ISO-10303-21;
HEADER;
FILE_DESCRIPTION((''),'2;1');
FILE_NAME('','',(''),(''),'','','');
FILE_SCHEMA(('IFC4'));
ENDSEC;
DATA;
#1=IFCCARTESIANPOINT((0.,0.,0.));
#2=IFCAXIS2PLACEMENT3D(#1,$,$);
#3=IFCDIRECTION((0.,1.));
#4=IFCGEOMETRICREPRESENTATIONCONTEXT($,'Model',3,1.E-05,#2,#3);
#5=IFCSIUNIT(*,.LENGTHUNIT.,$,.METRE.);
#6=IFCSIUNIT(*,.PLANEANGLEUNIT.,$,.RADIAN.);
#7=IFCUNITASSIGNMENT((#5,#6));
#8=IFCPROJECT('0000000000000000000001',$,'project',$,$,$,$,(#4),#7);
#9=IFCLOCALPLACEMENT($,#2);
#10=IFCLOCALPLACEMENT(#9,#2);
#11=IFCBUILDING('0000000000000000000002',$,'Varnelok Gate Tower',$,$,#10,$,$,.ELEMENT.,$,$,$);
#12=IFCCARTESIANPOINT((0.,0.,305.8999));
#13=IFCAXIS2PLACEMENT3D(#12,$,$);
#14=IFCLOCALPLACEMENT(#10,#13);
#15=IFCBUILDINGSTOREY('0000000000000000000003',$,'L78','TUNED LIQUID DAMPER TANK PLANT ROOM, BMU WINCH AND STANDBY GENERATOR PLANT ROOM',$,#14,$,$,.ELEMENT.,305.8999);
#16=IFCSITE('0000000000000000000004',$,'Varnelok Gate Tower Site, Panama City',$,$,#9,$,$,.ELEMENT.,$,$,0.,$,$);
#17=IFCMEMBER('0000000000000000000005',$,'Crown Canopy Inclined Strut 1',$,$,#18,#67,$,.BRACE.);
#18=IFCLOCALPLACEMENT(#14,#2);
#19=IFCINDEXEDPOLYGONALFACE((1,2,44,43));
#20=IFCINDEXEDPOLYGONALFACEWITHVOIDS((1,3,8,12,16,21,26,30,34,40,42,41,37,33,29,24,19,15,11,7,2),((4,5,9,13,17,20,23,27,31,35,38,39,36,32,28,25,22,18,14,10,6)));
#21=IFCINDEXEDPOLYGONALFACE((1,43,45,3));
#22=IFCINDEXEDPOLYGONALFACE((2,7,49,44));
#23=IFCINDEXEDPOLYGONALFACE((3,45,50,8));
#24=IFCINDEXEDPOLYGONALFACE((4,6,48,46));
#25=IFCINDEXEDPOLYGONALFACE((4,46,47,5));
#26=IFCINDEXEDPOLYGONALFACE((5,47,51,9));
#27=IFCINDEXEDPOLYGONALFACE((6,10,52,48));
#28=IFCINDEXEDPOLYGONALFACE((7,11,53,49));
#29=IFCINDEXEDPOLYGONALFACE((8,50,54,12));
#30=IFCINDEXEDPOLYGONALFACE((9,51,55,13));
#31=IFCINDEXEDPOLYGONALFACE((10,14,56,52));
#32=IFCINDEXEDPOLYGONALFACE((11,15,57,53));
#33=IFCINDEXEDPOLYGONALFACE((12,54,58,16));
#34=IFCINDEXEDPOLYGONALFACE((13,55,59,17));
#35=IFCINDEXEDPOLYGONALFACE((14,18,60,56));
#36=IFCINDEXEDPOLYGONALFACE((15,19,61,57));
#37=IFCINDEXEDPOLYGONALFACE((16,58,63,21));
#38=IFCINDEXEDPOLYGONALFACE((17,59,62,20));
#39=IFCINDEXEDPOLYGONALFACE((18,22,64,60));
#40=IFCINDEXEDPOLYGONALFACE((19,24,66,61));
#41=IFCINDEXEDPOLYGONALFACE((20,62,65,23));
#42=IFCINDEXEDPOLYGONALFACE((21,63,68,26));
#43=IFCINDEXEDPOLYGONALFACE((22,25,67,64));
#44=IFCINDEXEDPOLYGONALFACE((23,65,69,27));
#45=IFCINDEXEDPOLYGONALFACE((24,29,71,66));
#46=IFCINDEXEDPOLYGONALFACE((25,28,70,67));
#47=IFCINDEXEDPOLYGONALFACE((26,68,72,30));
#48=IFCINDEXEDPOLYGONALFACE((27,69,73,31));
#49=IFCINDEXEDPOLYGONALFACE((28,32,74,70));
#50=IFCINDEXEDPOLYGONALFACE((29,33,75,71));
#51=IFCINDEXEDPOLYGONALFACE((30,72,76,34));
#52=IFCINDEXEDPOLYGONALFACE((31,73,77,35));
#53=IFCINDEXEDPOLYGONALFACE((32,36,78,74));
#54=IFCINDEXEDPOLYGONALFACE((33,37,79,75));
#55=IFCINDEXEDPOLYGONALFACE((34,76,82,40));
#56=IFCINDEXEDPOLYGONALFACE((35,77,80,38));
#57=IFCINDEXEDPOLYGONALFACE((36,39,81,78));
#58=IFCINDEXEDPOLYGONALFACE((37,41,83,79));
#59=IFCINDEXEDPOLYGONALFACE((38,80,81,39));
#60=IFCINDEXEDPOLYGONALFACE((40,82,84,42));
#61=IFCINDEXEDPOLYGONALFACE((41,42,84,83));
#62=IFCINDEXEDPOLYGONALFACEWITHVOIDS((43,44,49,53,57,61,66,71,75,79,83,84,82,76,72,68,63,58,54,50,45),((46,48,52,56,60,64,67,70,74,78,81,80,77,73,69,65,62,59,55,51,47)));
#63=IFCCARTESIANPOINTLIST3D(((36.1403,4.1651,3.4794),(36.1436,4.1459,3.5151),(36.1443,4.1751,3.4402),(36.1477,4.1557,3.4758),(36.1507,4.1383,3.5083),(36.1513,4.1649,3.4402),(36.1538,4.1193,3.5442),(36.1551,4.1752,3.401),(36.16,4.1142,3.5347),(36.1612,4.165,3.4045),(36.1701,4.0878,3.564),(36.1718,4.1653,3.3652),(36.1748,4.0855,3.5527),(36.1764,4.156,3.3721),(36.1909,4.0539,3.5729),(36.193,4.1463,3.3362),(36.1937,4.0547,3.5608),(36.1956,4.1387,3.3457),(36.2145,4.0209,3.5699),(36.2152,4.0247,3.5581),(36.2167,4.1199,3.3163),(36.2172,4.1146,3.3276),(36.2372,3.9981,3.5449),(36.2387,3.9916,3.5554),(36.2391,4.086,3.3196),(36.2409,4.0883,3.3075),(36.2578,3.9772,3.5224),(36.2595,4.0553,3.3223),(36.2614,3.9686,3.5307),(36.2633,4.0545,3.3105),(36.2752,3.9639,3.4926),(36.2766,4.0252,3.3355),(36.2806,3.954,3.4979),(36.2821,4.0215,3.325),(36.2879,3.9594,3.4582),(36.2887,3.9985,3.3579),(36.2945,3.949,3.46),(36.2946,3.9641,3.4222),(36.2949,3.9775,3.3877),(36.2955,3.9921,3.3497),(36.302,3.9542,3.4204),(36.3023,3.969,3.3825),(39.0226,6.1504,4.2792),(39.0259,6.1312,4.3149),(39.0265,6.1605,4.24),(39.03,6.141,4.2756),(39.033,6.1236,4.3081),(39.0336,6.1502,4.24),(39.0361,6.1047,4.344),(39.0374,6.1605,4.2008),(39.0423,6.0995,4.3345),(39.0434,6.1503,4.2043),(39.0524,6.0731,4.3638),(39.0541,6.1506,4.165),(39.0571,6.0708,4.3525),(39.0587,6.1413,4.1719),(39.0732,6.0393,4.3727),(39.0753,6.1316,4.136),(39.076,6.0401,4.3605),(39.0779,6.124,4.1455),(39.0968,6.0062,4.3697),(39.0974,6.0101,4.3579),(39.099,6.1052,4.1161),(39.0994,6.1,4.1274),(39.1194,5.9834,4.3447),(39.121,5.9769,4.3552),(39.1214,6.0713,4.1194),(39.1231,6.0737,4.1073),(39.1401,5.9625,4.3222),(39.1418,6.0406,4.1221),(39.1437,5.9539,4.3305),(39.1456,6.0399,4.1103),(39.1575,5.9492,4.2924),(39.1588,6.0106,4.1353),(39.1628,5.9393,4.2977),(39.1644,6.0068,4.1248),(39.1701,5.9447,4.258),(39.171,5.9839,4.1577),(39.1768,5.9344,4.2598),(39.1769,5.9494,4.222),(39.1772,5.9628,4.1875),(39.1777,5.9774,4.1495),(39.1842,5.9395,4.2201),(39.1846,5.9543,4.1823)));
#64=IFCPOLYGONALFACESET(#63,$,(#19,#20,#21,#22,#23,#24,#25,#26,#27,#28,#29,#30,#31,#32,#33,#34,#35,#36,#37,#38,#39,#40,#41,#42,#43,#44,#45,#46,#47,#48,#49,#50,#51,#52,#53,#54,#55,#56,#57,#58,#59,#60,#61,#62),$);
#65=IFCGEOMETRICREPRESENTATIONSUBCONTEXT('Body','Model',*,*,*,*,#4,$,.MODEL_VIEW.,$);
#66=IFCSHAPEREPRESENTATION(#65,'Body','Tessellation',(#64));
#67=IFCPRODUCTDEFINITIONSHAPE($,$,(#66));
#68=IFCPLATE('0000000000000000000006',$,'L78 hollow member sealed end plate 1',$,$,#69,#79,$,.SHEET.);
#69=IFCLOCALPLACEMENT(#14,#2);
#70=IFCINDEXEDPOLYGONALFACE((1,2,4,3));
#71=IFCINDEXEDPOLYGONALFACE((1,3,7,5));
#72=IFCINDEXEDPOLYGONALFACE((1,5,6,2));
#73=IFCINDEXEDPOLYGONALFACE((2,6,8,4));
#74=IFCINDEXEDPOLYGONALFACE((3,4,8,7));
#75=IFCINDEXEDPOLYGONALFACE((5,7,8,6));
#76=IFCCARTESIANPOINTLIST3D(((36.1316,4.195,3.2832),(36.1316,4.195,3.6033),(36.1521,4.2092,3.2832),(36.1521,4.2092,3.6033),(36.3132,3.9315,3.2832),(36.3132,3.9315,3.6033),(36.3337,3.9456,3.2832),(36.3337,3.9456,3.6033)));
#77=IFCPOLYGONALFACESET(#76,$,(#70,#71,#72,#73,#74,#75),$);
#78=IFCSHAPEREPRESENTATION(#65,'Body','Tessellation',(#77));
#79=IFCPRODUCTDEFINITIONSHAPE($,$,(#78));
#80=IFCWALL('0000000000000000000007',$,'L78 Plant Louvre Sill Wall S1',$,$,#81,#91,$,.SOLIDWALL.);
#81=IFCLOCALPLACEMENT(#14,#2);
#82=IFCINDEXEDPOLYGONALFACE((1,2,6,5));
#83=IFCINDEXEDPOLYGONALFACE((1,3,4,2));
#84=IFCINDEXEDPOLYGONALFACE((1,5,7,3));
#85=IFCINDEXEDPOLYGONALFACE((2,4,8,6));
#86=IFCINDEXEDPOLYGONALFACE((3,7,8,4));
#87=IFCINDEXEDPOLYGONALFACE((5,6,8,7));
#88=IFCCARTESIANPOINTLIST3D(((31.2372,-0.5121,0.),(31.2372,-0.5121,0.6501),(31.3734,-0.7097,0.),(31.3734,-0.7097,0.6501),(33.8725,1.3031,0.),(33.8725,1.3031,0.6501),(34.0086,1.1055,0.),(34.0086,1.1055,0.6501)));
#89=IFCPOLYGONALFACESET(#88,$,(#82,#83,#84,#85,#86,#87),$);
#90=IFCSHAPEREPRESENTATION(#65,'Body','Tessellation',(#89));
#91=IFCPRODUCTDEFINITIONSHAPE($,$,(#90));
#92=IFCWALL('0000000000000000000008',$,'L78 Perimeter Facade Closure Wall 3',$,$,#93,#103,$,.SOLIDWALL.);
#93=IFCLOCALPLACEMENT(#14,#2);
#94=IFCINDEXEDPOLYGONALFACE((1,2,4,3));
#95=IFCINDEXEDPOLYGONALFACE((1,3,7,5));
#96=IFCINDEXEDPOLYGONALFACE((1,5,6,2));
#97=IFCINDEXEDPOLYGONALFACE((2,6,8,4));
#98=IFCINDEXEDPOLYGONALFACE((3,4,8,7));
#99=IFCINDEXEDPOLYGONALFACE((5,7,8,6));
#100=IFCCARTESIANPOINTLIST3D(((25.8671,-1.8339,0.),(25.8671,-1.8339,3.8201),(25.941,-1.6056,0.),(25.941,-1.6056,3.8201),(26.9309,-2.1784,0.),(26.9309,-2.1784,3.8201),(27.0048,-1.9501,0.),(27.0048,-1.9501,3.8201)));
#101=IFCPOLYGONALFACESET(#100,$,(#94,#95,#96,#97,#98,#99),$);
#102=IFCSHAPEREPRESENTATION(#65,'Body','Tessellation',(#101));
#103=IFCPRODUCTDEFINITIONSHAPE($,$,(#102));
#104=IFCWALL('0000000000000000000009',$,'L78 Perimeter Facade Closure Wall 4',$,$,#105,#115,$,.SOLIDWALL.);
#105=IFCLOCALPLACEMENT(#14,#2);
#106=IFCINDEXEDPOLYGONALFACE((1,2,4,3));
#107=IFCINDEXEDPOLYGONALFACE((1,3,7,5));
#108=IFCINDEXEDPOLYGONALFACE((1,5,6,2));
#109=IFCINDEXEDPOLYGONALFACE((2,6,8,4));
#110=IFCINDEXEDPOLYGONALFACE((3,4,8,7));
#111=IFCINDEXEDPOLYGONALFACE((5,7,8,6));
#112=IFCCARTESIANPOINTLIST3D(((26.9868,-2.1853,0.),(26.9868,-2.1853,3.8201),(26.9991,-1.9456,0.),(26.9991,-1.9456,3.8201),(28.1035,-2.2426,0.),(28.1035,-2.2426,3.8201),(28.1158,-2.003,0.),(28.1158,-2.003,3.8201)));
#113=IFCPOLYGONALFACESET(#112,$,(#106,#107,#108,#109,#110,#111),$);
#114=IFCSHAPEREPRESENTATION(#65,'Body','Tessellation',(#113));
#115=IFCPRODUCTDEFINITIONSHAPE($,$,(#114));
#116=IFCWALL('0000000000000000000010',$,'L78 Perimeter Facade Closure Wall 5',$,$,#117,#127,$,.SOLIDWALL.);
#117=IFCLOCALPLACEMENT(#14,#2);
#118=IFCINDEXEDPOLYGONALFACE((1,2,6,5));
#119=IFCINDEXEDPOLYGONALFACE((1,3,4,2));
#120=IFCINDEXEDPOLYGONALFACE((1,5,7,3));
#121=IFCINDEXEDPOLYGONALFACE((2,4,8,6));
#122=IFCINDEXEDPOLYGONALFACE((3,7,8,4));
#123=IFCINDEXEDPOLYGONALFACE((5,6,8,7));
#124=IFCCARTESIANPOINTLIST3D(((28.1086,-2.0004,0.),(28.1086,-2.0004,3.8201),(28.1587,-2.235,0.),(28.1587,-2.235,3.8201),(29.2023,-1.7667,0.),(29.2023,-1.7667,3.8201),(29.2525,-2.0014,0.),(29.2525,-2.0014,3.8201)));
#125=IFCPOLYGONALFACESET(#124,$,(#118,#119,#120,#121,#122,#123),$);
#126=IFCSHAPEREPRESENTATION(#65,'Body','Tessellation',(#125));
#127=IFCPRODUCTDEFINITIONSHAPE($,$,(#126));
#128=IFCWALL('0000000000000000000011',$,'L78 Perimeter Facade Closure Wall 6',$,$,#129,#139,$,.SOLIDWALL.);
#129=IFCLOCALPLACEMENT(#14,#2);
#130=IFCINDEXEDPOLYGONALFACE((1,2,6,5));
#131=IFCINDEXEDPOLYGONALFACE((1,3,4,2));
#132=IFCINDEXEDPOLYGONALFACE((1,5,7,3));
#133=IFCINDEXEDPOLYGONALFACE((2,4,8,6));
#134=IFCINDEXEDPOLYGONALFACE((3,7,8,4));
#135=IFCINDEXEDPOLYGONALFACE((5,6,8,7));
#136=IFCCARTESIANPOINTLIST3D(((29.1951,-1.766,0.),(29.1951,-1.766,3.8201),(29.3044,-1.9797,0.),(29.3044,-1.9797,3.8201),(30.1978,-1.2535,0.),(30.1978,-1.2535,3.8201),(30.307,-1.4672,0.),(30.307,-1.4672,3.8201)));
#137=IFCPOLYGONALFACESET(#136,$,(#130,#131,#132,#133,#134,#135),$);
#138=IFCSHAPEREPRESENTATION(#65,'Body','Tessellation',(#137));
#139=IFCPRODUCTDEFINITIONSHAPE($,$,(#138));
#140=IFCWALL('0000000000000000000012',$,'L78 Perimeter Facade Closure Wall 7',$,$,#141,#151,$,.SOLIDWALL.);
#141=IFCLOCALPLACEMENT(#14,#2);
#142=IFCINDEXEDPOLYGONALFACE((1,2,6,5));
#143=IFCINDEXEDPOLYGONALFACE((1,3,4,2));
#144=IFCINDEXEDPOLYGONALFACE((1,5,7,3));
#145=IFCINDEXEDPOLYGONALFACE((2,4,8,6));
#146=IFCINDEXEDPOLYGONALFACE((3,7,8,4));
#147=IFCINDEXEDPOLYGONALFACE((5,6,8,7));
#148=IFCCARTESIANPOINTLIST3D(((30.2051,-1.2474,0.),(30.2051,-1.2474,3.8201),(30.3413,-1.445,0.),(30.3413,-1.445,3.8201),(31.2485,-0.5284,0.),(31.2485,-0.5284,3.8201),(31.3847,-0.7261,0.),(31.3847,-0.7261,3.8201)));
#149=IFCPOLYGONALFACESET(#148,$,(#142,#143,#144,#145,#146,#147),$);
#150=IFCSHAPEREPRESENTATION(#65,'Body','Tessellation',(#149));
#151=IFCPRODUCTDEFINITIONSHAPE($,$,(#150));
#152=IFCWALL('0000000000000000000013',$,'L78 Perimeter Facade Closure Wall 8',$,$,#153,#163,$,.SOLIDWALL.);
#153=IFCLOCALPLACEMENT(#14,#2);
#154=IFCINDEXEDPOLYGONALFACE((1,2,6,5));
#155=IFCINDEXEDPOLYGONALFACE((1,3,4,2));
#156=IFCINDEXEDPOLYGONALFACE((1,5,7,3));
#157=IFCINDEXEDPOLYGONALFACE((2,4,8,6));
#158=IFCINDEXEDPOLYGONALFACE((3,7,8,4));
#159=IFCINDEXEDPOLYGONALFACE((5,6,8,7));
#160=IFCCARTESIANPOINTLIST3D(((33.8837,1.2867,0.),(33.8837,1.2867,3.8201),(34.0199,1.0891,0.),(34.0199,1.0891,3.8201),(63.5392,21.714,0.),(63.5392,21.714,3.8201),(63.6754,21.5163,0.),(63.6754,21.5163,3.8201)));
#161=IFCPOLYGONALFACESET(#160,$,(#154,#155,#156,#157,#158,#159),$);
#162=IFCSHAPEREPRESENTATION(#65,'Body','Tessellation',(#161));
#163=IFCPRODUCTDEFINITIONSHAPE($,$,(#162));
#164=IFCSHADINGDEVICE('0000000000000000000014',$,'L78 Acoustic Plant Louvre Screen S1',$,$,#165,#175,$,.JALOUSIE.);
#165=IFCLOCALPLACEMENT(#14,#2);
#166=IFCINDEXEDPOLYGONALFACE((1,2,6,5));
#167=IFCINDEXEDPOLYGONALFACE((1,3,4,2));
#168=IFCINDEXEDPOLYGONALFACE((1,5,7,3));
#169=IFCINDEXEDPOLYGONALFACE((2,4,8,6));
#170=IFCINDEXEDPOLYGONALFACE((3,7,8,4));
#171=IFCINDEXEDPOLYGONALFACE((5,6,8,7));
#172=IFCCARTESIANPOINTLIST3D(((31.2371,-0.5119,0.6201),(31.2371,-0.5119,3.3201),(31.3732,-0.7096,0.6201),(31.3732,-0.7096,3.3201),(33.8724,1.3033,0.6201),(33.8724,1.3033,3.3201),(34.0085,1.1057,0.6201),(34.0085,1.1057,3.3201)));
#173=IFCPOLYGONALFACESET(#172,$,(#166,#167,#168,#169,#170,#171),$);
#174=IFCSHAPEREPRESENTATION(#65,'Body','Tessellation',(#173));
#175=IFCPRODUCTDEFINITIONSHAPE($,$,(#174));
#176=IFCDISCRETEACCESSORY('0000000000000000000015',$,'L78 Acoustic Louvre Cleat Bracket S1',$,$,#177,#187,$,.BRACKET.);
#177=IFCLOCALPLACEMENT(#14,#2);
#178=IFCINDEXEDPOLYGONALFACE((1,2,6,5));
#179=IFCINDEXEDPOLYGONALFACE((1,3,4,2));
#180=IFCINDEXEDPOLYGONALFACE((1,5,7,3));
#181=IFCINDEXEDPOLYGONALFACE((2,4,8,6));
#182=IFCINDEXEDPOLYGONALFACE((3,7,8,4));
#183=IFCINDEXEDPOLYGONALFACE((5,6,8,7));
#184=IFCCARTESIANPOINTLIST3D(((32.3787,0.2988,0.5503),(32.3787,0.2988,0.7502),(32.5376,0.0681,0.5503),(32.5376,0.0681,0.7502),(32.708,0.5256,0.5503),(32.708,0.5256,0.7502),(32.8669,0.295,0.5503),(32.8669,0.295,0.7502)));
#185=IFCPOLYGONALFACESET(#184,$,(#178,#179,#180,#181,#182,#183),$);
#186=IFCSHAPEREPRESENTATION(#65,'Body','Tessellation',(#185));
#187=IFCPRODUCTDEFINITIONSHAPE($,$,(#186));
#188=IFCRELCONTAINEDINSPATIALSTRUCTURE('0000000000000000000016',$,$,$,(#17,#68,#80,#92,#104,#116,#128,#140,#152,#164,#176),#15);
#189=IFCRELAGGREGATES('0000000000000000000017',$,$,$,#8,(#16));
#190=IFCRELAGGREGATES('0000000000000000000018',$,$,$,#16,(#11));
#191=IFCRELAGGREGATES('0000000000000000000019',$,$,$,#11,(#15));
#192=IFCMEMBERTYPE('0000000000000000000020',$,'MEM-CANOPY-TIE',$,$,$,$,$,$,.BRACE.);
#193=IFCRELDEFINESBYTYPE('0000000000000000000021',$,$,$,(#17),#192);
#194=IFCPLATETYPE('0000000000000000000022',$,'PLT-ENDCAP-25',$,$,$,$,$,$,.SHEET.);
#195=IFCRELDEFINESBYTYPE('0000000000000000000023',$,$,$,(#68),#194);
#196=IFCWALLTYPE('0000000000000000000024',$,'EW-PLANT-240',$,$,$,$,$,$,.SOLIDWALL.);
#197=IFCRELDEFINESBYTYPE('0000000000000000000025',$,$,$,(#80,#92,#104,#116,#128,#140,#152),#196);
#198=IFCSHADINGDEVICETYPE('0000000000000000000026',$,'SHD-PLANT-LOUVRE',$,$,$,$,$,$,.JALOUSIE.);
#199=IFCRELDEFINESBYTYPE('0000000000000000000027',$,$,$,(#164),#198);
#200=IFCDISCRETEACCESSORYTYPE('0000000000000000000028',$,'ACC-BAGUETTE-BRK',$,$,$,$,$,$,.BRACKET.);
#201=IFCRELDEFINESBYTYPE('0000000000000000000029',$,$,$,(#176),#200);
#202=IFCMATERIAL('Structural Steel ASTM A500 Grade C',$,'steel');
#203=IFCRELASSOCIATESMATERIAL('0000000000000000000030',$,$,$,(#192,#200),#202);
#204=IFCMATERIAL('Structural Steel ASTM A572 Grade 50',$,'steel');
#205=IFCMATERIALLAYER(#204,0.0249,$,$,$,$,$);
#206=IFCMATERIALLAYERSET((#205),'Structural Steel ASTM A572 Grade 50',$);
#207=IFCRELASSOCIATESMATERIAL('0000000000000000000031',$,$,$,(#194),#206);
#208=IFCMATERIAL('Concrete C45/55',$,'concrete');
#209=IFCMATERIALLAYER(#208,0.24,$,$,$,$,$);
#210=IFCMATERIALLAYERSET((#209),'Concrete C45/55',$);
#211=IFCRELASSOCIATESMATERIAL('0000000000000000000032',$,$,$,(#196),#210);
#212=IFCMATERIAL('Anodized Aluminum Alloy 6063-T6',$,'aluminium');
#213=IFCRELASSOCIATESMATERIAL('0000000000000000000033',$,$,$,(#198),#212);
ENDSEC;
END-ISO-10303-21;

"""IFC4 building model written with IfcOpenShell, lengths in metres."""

from ifc_helpers import new_model, si_unit, direction, frame, frame_2d, origin, origin_2d, place, context, subcontext, project, spatial, rectangle, hollow_circle, extrude, source, transform, mapped, material, layer, layer_set, material_profile, profile_set, type_object, element, save


model = new_model("IFC4")

# Units and contexts
model_context = context("Model", 3, precision=1e-05, world=origin(), true_north=direction((0.0, 1.0)))
body_context = subcontext(model_context, "Body", "Model", "MODEL_VIEW")
ifc_project = project(units=[si_unit("LENGTHUNIT", "METRE"), si_unit("PLANEANGLEUNIT", "RADIAN")], contexts=[model_context])

# Site, building, storey
site_placement = place(None, origin())
site = spatial("IfcSite", under=ifc_project, at=site_placement, Name="Varnelok Gate Tower Site, Panama City", CompositionType="ELEMENT", RefElevation=0.0)
building_placement = place(site_placement, origin())
building = spatial("IfcBuilding", under=site, at=building_placement, Name="Varnelok Gate Tower", CompositionType="ELEMENT")
storey_placement = place(building_placement, frame((0.0, 0.0, 305.8999)))
storey = spatial("IfcBuildingStorey", under=building, at=storey_placement, Name="L78", Description="TUNED LIQUID DAMPER TANK PLANT ROOM, BMU WINCH AND STANDBY GENERATOR PLANT ROOM", CompositionType="ELEMENT", Elevation=305.8999)

# Member
ifc_material_1 = material(Name="Structural Steel ASTM A500 Grade C", Category="steel")
ifc_material_profile_1 = material_profile(ifc_material_1, hollow_circle(Radius=0.1365, WallThickness=0.0125, at=origin_2d()), Name="CHS273X12")
ifc_profile_set_1 = profile_set([ifc_material_profile_1], Name="Structural Steel ASTM A500 Grade C")
member_type = type_object("IfcMemberType", Name="MEM-CANOPY-TIE", PredefinedType="BRACE", material=ifc_profile_set_1)
member_placement = place(storey_placement, frame((36.2217, 4.0627, 3.4402), z_axis=(0.802845, 0.553001, 0.222778), x_axis=(-0.567257, 0.823541, 0.0)))
element("IfcMember", 1, at=member_placement, inside=storey, type_object=member_type, Name="Crown Canopy Inclined Strut 1", PredefinedType="BRACE", context=body_context, shape_type="SweptSolid", body=[
    extrude(hollow_circle(Radius=0.1365, WallThickness=0.0125, at=origin_2d()), origin(), (0.0, 0.0, 1.0), 3.5901),
])

# Plate
ifc_material_2 = material(Name="Structural Steel ASTM A572 Grade 50", Category="steel")
ifc_layer_1 = layer(ifc_material_2, 0.0249)
ifc_layer_set_1 = layer_set([ifc_layer_1], Name="Structural Steel ASTM A572 Grade 50")
plate_type = type_object("IfcPlateType", Name="PLT-ENDCAP-25", PredefinedType="SHEET", material=ifc_layer_set_1)
shared_shape_1 = source(origin(), body_context, "Body", "SweptSolid", [
    extrude(rectangle(XDim=0.0249, YDim=0.3201, at=origin_2d()), origin(), (0.0, 0.0, 1.0), 0.3201),
])
plate_placement = place(storey_placement, frame((36.2327, 4.0703, 3.2832), z_axis=(0.0, 0.0, 1.0), x_axis=(0.823542, 0.567255, 0.0)))
element("IfcPlate", 2, at=plate_placement, inside=storey, type_object=plate_type, Name="L78 hollow member sealed end plate 1", PredefinedType="SHEET", context=body_context, shape_type="MappedRepresentation", body=[
    mapped(shared_shape_1, transform((0.0, 0.0, 0.0), scale=1.0)),
])

# Walls
ifc_material_3 = material(Name="Concrete C45/55", Category="concrete")
ifc_layer_2 = layer(ifc_material_3, 0.24)
ifc_layer_set_2 = layer_set([ifc_layer_2], Name="Concrete C45/55")
wall_type = type_object("IfcWallType", Name="EW-PLANT-240", PredefinedType="SOLIDWALL", material=ifc_layer_set_2)
wall_1_placement = place(storey_placement, frame((33.9407, 1.2043, 0.0), z_axis=(0.0, 0.0, 1.0), x_axis=(-0.823538, -0.56726, 0.0)))
element("IfcWall", 3, at=wall_1_placement, inside=storey, type_object=wall_type, Name="L78 Plant Louvre Sill Wall S1", PredefinedType="SOLIDWALL", context=body_context, shape_type="SweptSolid", body=[
    extrude(rectangle(XDim=3.2, YDim=0.24, at=frame_2d((1.6001, 0.0))), origin(), (0.0, 0.0, 1.0), 0.6501),
])
for number, where, z_axis, x_axis, name in (
    (4, (25.9041, -1.7197, 0.0), (0.0, 0.0, 1.0), (0.951356, -0.308094, 0.0), "L78 Perimeter Facade Closure Wall 3"),
    (5, (26.9929, -2.0654, 0.0), (0.0, 0.0, 1.0), (0.998683, -0.05131, 0.0), "L78 Perimeter Facade Closure Wall 4"),
):
    element("IfcWall", number, at=place(storey_placement, frame(where, z_axis=z_axis, x_axis=x_axis)), inside=storey, type_object=wall_type, Name=name, PredefinedType="SOLIDWALL", context=body_context, shape_type="SweptSolid", body=[
        extrude(rectangle(XDim=1.1182, YDim=0.24, at=frame_2d((0.5591, 0.0))), origin(), (0.0, 0.0, 1.0), 3.8201),
    ])
wall_2_placement = place(storey_placement, frame((28.1338, -2.1177, 0.0), z_axis=(0.0, 0.0, 1.0), x_axis=(0.977936, 0.208903, 0.0)))
element("IfcWall", 6, at=wall_2_placement, inside=storey, type_object=wall_type, Name="L78 Perimeter Facade Closure Wall 5", PredefinedType="SOLIDWALL", context=body_context, shape_type="SweptSolid", body=[
    extrude(rectangle(XDim=1.1184, YDim=0.24, at=frame_2d((0.5591, 0.0))), origin(), (0.0, 0.0, 1.0), 3.8201),
])
wall_3_placement = place(storey_placement, frame((29.2498, -1.8728, 0.0), z_axis=(0.0, 0.0, 1.0), x_axis=(0.890446, 0.455088, 0.0)))
element("IfcWall", 7, at=wall_3_placement, inside=storey, type_object=wall_type, Name="L78 Perimeter Facade Closure Wall 6", PredefinedType="SOLIDWALL", context=body_context, shape_type="SweptSolid", body=[
    extrude(rectangle(XDim=1.126, YDim=0.24, at=frame_2d((0.563, 0.0))), origin(), (0.0, 0.0, 1.0), 3.8201),
])
wall_4_placement = place(storey_placement, frame((30.2732, -1.3462, 0.0), z_axis=(0.0, 0.0, 1.0), x_axis=(0.823446, 0.567395, 0.0)))
element("IfcWall", 8, at=wall_4_placement, inside=storey, type_object=wall_type, Name="L78 Perimeter Facade Closure Wall 7", PredefinedType="SOLIDWALL", context=body_context, shape_type="SweptSolid", body=[
    extrude(rectangle(XDim=1.2671, YDim=0.24, at=frame_2d((0.6335, 0.0))), origin(), (0.0, 0.0, 1.0), 3.8201),
])
wall_5_placement = place(storey_placement, frame((33.9519, 1.188, 0.0), z_axis=(0.0, 0.0, 1.0), x_axis=(0.823535, 0.567265, 0.0)))
element("IfcWall", 9, at=wall_5_placement, inside=storey, type_object=wall_type, Name="L78 Perimeter Facade Closure Wall 8", PredefinedType="SOLIDWALL", context=body_context, shape_type="SweptSolid", body=[
    extrude(rectangle(XDim=36.01, YDim=0.24, at=frame_2d((18.0049, 0.0))), origin(), (0.0, 0.0, 1.0), 3.8201),
])

# Shading device
ifc_material_4 = material(Name="Anodized Aluminum Alloy 6063-T6", Category="aluminium")
shading_device_type = type_object("IfcShadingDeviceType", Name="SHD-PLANT-LOUVRE", PredefinedType="JALOUSIE", material=ifc_material_4)
shared_shape_2 = source(origin(), body_context, "Body", "SweptSolid", [
    extrude(rectangle(XDim=3.2, YDim=0.24, at=origin_2d()), origin(), (0.0, 0.0, 1.0), 2.7),
])
shading_device_placement = place(storey_placement, frame((32.6228, 0.2969, 0.6201), z_axis=(0.0, 0.0, 1.0), x_axis=(0.823533, 0.567269, 0.0)))
element("IfcShadingDevice", 10, at=shading_device_placement, inside=storey, type_object=shading_device_type, Name="L78 Acoustic Plant Louvre Screen S1", PredefinedType="JALOUSIE", context=body_context, shape_type="MappedRepresentation", body=[
    mapped(shared_shape_2, transform((0.0, 0.0, 0.0), scale=1.0)),
])

# Discrete accessory
discrete_accessory_type = type_object("IfcDiscreteAccessoryType", Name="ACC-BAGUETTE-BRK", PredefinedType="BRACKET", material=ifc_material_1)
shared_shape_3 = source(origin(), body_context, "Body", "SweptSolid", [
    extrude(rectangle(XDim=0.3999, YDim=0.28, at=origin_2d()), origin(), (0.0, 0.0, 1.0), 0.2),
])
discrete_accessory_placement = place(storey_placement, frame((32.6228, 0.2969, 0.5503), z_axis=(0.0, 0.0, 1.0), x_axis=(0.823533, 0.567269, 0.0)))
element("IfcDiscreteAccessory", 11, at=discrete_accessory_placement, inside=storey, type_object=discrete_accessory_type, Name="L78 Acoustic Louvre Cleat Bracket S1", PredefinedType="BRACKET", context=body_context, shape_type="MappedRepresentation", body=[
    mapped(shared_shape_3, transform((0.0, 0.0, 0.0), scale=1.0)),
])

save(model, "model.ifc")
